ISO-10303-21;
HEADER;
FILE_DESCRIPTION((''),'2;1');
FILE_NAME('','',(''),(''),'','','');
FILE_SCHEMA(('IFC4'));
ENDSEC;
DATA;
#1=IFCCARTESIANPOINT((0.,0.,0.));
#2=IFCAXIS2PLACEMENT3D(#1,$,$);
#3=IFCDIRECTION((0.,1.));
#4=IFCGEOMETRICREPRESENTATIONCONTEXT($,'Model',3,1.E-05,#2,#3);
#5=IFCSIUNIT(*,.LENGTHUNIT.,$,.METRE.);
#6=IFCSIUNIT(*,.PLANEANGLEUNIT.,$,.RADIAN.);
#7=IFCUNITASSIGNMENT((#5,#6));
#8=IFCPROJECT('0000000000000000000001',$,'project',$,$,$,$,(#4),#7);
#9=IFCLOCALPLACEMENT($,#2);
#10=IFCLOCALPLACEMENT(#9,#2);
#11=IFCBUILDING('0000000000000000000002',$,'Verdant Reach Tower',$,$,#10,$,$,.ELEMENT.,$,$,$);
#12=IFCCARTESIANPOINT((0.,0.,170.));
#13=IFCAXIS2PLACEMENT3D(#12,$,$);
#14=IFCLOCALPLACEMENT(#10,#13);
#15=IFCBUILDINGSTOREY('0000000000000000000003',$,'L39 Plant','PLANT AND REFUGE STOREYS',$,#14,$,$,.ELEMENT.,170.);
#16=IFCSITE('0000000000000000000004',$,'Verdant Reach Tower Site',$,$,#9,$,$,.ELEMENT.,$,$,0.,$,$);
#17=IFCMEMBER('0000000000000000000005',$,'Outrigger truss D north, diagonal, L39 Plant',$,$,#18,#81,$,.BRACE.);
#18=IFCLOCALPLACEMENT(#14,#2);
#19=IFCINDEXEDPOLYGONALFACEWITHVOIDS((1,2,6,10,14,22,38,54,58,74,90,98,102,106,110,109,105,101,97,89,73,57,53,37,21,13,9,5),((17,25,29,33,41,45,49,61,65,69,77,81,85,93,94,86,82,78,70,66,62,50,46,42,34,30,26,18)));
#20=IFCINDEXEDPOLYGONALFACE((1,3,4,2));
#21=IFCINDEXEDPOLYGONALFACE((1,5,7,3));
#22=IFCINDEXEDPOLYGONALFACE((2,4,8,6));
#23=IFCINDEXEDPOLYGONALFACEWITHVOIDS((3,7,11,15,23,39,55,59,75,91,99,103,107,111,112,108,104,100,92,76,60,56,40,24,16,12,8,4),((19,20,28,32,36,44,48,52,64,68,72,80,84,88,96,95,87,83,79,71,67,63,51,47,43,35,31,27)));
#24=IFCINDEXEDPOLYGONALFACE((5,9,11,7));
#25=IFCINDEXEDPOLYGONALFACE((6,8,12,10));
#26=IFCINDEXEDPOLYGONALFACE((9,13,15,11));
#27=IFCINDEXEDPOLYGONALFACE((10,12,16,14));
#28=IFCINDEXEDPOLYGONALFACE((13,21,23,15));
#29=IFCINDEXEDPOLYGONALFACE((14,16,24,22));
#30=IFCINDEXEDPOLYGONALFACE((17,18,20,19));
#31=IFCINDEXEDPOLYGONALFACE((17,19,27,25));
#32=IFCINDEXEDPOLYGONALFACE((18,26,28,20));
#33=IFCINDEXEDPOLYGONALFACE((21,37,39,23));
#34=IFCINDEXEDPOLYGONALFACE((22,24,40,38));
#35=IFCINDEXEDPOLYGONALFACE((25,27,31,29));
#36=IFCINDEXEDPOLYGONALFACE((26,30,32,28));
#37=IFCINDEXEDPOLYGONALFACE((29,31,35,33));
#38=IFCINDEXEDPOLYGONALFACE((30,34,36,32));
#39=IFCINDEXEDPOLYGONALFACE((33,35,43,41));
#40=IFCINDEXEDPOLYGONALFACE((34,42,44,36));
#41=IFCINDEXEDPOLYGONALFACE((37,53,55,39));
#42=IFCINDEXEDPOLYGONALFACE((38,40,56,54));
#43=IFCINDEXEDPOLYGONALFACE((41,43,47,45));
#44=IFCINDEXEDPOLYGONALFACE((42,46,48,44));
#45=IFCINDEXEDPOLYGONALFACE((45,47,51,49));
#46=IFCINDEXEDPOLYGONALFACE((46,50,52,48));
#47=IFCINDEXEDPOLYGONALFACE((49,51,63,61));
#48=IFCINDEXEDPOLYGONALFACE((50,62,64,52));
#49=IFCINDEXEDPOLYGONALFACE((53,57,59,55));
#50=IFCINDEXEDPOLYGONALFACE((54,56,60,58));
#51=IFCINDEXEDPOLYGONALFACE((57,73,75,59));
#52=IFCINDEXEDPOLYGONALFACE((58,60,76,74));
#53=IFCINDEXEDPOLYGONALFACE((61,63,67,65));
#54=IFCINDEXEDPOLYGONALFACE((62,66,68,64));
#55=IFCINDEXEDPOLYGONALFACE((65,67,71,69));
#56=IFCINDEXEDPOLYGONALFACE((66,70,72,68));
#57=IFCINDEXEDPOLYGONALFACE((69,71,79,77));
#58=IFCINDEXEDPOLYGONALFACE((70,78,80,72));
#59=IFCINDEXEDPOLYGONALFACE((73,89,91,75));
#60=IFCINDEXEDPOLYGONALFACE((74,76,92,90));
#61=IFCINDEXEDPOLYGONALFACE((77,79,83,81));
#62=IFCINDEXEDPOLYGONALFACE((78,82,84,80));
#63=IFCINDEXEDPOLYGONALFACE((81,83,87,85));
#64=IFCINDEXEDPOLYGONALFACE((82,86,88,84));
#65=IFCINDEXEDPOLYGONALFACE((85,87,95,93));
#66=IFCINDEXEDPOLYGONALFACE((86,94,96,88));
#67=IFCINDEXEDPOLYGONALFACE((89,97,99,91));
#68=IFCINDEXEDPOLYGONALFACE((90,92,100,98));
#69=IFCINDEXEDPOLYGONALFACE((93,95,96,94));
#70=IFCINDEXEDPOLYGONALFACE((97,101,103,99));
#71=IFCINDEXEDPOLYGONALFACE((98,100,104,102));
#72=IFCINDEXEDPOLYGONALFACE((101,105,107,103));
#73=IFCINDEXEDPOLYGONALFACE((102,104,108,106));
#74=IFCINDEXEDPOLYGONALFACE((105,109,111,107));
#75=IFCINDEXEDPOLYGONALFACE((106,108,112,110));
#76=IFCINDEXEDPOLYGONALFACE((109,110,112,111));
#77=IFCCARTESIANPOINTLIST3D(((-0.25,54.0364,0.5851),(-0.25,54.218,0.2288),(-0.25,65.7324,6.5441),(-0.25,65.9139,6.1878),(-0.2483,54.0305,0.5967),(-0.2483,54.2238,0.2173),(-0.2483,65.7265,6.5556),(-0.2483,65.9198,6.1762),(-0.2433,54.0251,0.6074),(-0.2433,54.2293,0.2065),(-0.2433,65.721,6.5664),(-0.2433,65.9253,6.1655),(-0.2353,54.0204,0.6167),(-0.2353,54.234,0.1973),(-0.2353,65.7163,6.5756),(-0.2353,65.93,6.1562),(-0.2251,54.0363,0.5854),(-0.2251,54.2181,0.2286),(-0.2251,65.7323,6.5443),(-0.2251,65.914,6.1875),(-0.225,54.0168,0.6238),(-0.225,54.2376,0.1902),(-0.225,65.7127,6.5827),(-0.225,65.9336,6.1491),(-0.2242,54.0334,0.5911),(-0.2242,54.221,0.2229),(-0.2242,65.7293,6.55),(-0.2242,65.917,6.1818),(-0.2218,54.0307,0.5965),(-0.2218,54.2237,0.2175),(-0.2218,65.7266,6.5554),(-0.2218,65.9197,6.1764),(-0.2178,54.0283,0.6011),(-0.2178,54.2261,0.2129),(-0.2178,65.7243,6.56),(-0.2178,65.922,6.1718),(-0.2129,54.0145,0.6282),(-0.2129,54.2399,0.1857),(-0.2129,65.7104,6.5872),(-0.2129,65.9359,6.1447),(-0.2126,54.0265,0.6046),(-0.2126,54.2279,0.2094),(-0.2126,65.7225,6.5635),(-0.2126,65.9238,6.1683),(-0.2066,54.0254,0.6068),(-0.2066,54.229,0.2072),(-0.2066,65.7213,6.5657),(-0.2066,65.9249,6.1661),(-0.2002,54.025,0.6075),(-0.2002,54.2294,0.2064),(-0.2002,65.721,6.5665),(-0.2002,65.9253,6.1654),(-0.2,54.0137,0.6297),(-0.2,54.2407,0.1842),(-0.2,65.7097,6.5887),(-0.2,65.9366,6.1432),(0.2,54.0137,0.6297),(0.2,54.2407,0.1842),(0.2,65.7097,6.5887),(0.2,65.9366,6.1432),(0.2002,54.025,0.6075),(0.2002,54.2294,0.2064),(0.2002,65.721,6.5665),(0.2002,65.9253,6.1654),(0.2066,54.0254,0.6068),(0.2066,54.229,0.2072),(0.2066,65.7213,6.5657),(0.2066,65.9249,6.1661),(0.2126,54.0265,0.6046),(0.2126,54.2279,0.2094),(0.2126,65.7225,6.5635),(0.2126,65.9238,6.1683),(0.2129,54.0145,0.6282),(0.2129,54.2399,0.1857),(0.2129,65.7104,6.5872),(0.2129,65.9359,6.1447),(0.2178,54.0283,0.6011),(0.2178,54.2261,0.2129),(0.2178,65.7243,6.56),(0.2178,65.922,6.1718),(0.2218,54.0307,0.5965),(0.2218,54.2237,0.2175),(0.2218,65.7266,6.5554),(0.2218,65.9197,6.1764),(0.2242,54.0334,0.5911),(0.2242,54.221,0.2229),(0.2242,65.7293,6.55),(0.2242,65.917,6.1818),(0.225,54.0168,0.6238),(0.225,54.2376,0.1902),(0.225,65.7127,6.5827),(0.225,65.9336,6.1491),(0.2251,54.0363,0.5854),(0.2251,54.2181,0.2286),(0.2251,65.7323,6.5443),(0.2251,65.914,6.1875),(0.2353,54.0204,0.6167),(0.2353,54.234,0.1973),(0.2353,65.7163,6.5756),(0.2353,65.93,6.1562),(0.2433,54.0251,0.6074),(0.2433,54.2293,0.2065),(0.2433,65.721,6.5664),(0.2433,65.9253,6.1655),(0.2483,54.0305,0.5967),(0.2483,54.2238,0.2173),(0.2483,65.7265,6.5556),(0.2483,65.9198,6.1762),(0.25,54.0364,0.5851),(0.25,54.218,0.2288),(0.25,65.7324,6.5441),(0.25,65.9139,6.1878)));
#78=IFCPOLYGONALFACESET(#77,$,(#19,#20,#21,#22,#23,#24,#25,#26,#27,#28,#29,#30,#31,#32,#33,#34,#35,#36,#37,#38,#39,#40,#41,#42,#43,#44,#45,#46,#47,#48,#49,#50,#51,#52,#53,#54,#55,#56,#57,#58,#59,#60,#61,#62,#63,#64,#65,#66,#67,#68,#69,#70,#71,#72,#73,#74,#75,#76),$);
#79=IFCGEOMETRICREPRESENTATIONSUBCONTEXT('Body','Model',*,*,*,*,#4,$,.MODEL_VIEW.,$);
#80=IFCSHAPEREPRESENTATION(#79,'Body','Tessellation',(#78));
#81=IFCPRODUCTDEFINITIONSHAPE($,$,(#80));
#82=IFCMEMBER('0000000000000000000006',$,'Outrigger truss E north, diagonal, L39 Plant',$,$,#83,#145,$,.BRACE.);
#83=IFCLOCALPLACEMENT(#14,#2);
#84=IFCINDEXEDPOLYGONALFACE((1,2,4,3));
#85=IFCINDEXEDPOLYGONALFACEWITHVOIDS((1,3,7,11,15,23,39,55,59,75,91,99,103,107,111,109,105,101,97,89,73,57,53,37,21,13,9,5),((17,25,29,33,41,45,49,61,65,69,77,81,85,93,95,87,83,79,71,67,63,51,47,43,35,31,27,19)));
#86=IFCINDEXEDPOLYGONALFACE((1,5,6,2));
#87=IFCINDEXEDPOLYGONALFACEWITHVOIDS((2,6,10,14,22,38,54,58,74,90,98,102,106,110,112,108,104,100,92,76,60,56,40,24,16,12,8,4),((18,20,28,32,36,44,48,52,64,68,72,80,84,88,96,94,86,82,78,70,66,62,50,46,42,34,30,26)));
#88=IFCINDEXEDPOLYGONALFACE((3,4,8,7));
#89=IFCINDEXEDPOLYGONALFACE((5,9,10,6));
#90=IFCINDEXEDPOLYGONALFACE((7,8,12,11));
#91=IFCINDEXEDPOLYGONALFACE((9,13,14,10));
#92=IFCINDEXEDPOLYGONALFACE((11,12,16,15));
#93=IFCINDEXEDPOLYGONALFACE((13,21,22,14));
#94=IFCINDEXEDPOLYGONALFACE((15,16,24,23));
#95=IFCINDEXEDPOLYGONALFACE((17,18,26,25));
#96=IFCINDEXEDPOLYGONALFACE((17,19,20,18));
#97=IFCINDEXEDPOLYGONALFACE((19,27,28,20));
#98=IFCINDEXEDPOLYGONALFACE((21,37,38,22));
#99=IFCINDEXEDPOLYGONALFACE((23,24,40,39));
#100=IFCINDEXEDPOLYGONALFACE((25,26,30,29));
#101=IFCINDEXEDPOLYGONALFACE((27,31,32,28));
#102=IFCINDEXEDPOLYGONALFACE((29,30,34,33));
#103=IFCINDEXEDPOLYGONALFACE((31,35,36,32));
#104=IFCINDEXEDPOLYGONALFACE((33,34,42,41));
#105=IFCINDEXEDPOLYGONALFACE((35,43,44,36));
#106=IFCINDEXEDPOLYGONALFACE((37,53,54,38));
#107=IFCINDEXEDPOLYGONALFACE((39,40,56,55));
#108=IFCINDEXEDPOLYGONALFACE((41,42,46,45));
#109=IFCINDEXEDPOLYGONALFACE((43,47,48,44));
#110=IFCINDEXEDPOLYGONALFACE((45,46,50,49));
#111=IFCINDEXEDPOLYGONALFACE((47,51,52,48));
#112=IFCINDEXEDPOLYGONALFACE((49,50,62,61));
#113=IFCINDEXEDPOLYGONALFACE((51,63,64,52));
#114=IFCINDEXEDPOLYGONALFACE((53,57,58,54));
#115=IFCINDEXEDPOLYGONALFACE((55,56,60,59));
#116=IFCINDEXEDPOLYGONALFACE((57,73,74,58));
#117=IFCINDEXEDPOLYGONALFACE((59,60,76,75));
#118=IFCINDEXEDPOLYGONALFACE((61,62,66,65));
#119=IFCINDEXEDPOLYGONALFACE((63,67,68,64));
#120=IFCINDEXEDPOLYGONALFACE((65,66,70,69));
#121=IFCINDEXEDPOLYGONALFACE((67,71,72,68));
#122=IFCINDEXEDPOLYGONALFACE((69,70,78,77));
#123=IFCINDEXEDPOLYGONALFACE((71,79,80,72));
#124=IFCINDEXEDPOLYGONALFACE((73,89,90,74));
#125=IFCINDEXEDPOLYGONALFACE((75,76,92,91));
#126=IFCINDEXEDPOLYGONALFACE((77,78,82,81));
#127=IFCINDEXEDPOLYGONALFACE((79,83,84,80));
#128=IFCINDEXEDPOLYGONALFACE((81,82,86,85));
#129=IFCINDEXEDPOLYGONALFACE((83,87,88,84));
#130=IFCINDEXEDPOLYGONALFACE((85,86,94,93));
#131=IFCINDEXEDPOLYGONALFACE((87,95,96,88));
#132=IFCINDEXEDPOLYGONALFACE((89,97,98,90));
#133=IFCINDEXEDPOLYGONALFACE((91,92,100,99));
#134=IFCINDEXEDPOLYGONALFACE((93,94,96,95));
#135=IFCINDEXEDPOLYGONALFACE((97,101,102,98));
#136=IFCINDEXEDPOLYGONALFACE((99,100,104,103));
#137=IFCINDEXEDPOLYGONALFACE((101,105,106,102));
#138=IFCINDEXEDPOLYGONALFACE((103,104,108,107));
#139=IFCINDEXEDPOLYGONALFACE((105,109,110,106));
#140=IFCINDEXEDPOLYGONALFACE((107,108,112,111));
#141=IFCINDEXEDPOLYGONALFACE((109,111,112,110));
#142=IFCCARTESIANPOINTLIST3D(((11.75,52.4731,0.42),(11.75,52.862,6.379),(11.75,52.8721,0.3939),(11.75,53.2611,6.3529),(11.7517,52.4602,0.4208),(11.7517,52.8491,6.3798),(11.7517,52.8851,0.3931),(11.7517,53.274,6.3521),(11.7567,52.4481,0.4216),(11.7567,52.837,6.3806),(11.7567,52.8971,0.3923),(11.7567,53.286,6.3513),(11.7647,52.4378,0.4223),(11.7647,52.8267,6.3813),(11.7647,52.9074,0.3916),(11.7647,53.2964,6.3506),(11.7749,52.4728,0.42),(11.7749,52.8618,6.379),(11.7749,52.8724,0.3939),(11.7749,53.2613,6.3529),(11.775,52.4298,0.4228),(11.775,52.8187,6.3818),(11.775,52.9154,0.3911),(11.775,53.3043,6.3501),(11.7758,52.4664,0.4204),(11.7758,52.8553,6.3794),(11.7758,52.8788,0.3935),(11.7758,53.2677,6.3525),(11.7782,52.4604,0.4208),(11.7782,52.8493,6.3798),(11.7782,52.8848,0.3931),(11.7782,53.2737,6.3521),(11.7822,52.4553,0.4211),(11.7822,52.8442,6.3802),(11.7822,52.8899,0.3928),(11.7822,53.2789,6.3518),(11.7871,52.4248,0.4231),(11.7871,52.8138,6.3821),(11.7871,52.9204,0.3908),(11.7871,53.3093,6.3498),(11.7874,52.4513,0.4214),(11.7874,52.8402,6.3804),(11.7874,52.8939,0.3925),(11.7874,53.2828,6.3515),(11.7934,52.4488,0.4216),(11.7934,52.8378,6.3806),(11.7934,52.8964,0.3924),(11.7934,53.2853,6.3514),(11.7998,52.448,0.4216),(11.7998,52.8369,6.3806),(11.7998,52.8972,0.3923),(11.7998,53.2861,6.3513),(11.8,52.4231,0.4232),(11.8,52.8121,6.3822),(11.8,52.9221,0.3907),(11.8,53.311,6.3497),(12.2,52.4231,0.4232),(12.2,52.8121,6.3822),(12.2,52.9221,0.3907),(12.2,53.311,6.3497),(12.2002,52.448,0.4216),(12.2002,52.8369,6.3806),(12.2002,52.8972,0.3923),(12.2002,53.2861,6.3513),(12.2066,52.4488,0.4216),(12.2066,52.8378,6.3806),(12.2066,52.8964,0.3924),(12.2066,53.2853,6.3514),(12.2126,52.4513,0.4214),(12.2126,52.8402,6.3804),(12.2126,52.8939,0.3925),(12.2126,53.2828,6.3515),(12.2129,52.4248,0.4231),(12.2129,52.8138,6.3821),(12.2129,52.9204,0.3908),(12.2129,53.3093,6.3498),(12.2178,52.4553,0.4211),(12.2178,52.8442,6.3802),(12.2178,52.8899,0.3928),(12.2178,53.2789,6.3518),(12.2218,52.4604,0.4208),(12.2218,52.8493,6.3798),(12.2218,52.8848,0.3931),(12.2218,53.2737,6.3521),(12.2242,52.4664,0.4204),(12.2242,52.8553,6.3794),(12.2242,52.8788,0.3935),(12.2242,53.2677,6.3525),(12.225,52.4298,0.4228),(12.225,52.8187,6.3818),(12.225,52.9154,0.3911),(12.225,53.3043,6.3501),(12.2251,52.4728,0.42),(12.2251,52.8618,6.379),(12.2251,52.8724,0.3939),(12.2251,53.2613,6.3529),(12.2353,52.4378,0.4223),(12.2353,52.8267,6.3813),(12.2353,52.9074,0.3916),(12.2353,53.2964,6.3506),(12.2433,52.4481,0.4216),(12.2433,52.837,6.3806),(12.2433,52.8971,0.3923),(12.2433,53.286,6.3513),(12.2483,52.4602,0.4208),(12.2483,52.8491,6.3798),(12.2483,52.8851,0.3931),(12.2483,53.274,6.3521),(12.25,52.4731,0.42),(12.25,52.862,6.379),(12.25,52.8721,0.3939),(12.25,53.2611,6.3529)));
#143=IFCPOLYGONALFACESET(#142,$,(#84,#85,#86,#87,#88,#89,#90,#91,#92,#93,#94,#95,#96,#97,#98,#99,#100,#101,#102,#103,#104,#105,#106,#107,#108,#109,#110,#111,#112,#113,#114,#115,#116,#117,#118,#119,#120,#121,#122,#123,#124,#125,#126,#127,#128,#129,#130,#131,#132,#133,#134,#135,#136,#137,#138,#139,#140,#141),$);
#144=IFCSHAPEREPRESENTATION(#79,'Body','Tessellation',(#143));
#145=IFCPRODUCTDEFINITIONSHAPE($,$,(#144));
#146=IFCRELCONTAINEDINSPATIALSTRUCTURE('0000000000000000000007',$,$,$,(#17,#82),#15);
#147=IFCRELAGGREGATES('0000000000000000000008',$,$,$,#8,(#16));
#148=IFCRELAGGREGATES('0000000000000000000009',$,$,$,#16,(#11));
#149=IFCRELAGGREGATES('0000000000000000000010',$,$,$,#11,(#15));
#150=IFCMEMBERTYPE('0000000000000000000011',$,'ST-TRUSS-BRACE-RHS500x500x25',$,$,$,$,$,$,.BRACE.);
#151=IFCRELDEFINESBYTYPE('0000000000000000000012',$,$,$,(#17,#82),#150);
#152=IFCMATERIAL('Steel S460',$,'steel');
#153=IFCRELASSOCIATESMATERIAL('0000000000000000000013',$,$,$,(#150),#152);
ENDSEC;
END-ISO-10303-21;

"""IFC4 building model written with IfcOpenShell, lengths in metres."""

from ifc_helpers import new_model, si_unit, direction, frame, origin, origin_2d, place, context, subcontext, project, spatial, hollow_rectangle, extrude, material, material_profile, profile_set, type_object, element, save


model = new_model("IFC4")

# Units and contexts
model_context = context("Model", 3, precision=1e-05, world=origin(), true_north=direction((0.0, 1.0)))
body_context = subcontext(model_context, "Body", "Model", "MODEL_VIEW")
ifc_project = project(units=[si_unit("LENGTHUNIT", "METRE"), si_unit("PLANEANGLEUNIT", "RADIAN")], contexts=[model_context])

# Site, building, storey
site_placement = place(None, origin())
site = spatial("IfcSite", under=ifc_project, at=site_placement, Name="Verdant Reach Tower Site", CompositionType="ELEMENT", RefElevation=0.0)
building_placement = place(site_placement, origin())
building = spatial("IfcBuilding", under=site, at=building_placement, Name="Verdant Reach Tower", CompositionType="ELEMENT")
storey_placement = place(building_placement, frame((0.0, 0.0, 170.0)))
storey = spatial("IfcBuildingStorey", under=building, at=storey_placement, Name="L39 Plant", Description="PLANT AND REFUGE STOREYS", CompositionType="ELEMENT", Elevation=170.0)

# Shared definitions
ifc_material_1 = material(Name="Steel S460", Category="steel")

# Members
ifc_material_profile_1 = material_profile(ifc_material_1, hollow_rectangle(XDim=0.5, YDim=0.5, WallThickness=0.0249, InnerFilletRadius=0.0249, OuterFilletRadius=0.05, at=origin_2d()), Name="RHS 500x500x25")
ifc_profile_set_1 = profile_set([ifc_material_profile_1], Name="Steel S460")
member_type_1 = type_object("IfcMemberType", Name="ST-TRUSS-BRACE-RHS500x500x25", PredefinedType="BRACE", material=ifc_profile_set_1)
member_1_placement = place(storey_placement, frame((0.0, 54.1272, 0.407), z_axis=(0.0, 0.89102, 0.453963), x_axis=(-1.0, 0.0, 0.0)))
element("IfcMember", 1, at=member_1_placement, inside=storey, type_object=member_type_1, Name="Outrigger truss D north, diagonal, L39 Plant", PredefinedType="BRACE", context=body_context, shape_type="SweptSolid", body=[
    extrude(hollow_rectangle(XDim=0.5, YDim=0.5, WallThickness=0.0249, InnerFilletRadius=0.0249, OuterFilletRadius=0.05, at=origin_2d()), origin(), (0.0, 0.0, 1.0), 13.1265),
])
member_2_placement = place(storey_placement, frame((12.0, 53.0615, 6.366), z_axis=(0.0, -0.065127, -0.997877), x_axis=(1.0, 0.0, 0.0)))
element("IfcMember", 2, at=member_2_placement, inside=storey, type_object=member_type_1, Name="Outrigger truss E north, diagonal, L39 Plant", PredefinedType="BRACE", context=body_context, shape_type="SweptSolid", body=[
    extrude(hollow_rectangle(XDim=0.5, YDim=0.5, WallThickness=0.0249, InnerFilletRadius=0.0249, OuterFilletRadius=0.05, at=origin_2d()), origin(), (0.0, 0.0, 1.0), 5.9717),
])

save(model, "model.ifc")
